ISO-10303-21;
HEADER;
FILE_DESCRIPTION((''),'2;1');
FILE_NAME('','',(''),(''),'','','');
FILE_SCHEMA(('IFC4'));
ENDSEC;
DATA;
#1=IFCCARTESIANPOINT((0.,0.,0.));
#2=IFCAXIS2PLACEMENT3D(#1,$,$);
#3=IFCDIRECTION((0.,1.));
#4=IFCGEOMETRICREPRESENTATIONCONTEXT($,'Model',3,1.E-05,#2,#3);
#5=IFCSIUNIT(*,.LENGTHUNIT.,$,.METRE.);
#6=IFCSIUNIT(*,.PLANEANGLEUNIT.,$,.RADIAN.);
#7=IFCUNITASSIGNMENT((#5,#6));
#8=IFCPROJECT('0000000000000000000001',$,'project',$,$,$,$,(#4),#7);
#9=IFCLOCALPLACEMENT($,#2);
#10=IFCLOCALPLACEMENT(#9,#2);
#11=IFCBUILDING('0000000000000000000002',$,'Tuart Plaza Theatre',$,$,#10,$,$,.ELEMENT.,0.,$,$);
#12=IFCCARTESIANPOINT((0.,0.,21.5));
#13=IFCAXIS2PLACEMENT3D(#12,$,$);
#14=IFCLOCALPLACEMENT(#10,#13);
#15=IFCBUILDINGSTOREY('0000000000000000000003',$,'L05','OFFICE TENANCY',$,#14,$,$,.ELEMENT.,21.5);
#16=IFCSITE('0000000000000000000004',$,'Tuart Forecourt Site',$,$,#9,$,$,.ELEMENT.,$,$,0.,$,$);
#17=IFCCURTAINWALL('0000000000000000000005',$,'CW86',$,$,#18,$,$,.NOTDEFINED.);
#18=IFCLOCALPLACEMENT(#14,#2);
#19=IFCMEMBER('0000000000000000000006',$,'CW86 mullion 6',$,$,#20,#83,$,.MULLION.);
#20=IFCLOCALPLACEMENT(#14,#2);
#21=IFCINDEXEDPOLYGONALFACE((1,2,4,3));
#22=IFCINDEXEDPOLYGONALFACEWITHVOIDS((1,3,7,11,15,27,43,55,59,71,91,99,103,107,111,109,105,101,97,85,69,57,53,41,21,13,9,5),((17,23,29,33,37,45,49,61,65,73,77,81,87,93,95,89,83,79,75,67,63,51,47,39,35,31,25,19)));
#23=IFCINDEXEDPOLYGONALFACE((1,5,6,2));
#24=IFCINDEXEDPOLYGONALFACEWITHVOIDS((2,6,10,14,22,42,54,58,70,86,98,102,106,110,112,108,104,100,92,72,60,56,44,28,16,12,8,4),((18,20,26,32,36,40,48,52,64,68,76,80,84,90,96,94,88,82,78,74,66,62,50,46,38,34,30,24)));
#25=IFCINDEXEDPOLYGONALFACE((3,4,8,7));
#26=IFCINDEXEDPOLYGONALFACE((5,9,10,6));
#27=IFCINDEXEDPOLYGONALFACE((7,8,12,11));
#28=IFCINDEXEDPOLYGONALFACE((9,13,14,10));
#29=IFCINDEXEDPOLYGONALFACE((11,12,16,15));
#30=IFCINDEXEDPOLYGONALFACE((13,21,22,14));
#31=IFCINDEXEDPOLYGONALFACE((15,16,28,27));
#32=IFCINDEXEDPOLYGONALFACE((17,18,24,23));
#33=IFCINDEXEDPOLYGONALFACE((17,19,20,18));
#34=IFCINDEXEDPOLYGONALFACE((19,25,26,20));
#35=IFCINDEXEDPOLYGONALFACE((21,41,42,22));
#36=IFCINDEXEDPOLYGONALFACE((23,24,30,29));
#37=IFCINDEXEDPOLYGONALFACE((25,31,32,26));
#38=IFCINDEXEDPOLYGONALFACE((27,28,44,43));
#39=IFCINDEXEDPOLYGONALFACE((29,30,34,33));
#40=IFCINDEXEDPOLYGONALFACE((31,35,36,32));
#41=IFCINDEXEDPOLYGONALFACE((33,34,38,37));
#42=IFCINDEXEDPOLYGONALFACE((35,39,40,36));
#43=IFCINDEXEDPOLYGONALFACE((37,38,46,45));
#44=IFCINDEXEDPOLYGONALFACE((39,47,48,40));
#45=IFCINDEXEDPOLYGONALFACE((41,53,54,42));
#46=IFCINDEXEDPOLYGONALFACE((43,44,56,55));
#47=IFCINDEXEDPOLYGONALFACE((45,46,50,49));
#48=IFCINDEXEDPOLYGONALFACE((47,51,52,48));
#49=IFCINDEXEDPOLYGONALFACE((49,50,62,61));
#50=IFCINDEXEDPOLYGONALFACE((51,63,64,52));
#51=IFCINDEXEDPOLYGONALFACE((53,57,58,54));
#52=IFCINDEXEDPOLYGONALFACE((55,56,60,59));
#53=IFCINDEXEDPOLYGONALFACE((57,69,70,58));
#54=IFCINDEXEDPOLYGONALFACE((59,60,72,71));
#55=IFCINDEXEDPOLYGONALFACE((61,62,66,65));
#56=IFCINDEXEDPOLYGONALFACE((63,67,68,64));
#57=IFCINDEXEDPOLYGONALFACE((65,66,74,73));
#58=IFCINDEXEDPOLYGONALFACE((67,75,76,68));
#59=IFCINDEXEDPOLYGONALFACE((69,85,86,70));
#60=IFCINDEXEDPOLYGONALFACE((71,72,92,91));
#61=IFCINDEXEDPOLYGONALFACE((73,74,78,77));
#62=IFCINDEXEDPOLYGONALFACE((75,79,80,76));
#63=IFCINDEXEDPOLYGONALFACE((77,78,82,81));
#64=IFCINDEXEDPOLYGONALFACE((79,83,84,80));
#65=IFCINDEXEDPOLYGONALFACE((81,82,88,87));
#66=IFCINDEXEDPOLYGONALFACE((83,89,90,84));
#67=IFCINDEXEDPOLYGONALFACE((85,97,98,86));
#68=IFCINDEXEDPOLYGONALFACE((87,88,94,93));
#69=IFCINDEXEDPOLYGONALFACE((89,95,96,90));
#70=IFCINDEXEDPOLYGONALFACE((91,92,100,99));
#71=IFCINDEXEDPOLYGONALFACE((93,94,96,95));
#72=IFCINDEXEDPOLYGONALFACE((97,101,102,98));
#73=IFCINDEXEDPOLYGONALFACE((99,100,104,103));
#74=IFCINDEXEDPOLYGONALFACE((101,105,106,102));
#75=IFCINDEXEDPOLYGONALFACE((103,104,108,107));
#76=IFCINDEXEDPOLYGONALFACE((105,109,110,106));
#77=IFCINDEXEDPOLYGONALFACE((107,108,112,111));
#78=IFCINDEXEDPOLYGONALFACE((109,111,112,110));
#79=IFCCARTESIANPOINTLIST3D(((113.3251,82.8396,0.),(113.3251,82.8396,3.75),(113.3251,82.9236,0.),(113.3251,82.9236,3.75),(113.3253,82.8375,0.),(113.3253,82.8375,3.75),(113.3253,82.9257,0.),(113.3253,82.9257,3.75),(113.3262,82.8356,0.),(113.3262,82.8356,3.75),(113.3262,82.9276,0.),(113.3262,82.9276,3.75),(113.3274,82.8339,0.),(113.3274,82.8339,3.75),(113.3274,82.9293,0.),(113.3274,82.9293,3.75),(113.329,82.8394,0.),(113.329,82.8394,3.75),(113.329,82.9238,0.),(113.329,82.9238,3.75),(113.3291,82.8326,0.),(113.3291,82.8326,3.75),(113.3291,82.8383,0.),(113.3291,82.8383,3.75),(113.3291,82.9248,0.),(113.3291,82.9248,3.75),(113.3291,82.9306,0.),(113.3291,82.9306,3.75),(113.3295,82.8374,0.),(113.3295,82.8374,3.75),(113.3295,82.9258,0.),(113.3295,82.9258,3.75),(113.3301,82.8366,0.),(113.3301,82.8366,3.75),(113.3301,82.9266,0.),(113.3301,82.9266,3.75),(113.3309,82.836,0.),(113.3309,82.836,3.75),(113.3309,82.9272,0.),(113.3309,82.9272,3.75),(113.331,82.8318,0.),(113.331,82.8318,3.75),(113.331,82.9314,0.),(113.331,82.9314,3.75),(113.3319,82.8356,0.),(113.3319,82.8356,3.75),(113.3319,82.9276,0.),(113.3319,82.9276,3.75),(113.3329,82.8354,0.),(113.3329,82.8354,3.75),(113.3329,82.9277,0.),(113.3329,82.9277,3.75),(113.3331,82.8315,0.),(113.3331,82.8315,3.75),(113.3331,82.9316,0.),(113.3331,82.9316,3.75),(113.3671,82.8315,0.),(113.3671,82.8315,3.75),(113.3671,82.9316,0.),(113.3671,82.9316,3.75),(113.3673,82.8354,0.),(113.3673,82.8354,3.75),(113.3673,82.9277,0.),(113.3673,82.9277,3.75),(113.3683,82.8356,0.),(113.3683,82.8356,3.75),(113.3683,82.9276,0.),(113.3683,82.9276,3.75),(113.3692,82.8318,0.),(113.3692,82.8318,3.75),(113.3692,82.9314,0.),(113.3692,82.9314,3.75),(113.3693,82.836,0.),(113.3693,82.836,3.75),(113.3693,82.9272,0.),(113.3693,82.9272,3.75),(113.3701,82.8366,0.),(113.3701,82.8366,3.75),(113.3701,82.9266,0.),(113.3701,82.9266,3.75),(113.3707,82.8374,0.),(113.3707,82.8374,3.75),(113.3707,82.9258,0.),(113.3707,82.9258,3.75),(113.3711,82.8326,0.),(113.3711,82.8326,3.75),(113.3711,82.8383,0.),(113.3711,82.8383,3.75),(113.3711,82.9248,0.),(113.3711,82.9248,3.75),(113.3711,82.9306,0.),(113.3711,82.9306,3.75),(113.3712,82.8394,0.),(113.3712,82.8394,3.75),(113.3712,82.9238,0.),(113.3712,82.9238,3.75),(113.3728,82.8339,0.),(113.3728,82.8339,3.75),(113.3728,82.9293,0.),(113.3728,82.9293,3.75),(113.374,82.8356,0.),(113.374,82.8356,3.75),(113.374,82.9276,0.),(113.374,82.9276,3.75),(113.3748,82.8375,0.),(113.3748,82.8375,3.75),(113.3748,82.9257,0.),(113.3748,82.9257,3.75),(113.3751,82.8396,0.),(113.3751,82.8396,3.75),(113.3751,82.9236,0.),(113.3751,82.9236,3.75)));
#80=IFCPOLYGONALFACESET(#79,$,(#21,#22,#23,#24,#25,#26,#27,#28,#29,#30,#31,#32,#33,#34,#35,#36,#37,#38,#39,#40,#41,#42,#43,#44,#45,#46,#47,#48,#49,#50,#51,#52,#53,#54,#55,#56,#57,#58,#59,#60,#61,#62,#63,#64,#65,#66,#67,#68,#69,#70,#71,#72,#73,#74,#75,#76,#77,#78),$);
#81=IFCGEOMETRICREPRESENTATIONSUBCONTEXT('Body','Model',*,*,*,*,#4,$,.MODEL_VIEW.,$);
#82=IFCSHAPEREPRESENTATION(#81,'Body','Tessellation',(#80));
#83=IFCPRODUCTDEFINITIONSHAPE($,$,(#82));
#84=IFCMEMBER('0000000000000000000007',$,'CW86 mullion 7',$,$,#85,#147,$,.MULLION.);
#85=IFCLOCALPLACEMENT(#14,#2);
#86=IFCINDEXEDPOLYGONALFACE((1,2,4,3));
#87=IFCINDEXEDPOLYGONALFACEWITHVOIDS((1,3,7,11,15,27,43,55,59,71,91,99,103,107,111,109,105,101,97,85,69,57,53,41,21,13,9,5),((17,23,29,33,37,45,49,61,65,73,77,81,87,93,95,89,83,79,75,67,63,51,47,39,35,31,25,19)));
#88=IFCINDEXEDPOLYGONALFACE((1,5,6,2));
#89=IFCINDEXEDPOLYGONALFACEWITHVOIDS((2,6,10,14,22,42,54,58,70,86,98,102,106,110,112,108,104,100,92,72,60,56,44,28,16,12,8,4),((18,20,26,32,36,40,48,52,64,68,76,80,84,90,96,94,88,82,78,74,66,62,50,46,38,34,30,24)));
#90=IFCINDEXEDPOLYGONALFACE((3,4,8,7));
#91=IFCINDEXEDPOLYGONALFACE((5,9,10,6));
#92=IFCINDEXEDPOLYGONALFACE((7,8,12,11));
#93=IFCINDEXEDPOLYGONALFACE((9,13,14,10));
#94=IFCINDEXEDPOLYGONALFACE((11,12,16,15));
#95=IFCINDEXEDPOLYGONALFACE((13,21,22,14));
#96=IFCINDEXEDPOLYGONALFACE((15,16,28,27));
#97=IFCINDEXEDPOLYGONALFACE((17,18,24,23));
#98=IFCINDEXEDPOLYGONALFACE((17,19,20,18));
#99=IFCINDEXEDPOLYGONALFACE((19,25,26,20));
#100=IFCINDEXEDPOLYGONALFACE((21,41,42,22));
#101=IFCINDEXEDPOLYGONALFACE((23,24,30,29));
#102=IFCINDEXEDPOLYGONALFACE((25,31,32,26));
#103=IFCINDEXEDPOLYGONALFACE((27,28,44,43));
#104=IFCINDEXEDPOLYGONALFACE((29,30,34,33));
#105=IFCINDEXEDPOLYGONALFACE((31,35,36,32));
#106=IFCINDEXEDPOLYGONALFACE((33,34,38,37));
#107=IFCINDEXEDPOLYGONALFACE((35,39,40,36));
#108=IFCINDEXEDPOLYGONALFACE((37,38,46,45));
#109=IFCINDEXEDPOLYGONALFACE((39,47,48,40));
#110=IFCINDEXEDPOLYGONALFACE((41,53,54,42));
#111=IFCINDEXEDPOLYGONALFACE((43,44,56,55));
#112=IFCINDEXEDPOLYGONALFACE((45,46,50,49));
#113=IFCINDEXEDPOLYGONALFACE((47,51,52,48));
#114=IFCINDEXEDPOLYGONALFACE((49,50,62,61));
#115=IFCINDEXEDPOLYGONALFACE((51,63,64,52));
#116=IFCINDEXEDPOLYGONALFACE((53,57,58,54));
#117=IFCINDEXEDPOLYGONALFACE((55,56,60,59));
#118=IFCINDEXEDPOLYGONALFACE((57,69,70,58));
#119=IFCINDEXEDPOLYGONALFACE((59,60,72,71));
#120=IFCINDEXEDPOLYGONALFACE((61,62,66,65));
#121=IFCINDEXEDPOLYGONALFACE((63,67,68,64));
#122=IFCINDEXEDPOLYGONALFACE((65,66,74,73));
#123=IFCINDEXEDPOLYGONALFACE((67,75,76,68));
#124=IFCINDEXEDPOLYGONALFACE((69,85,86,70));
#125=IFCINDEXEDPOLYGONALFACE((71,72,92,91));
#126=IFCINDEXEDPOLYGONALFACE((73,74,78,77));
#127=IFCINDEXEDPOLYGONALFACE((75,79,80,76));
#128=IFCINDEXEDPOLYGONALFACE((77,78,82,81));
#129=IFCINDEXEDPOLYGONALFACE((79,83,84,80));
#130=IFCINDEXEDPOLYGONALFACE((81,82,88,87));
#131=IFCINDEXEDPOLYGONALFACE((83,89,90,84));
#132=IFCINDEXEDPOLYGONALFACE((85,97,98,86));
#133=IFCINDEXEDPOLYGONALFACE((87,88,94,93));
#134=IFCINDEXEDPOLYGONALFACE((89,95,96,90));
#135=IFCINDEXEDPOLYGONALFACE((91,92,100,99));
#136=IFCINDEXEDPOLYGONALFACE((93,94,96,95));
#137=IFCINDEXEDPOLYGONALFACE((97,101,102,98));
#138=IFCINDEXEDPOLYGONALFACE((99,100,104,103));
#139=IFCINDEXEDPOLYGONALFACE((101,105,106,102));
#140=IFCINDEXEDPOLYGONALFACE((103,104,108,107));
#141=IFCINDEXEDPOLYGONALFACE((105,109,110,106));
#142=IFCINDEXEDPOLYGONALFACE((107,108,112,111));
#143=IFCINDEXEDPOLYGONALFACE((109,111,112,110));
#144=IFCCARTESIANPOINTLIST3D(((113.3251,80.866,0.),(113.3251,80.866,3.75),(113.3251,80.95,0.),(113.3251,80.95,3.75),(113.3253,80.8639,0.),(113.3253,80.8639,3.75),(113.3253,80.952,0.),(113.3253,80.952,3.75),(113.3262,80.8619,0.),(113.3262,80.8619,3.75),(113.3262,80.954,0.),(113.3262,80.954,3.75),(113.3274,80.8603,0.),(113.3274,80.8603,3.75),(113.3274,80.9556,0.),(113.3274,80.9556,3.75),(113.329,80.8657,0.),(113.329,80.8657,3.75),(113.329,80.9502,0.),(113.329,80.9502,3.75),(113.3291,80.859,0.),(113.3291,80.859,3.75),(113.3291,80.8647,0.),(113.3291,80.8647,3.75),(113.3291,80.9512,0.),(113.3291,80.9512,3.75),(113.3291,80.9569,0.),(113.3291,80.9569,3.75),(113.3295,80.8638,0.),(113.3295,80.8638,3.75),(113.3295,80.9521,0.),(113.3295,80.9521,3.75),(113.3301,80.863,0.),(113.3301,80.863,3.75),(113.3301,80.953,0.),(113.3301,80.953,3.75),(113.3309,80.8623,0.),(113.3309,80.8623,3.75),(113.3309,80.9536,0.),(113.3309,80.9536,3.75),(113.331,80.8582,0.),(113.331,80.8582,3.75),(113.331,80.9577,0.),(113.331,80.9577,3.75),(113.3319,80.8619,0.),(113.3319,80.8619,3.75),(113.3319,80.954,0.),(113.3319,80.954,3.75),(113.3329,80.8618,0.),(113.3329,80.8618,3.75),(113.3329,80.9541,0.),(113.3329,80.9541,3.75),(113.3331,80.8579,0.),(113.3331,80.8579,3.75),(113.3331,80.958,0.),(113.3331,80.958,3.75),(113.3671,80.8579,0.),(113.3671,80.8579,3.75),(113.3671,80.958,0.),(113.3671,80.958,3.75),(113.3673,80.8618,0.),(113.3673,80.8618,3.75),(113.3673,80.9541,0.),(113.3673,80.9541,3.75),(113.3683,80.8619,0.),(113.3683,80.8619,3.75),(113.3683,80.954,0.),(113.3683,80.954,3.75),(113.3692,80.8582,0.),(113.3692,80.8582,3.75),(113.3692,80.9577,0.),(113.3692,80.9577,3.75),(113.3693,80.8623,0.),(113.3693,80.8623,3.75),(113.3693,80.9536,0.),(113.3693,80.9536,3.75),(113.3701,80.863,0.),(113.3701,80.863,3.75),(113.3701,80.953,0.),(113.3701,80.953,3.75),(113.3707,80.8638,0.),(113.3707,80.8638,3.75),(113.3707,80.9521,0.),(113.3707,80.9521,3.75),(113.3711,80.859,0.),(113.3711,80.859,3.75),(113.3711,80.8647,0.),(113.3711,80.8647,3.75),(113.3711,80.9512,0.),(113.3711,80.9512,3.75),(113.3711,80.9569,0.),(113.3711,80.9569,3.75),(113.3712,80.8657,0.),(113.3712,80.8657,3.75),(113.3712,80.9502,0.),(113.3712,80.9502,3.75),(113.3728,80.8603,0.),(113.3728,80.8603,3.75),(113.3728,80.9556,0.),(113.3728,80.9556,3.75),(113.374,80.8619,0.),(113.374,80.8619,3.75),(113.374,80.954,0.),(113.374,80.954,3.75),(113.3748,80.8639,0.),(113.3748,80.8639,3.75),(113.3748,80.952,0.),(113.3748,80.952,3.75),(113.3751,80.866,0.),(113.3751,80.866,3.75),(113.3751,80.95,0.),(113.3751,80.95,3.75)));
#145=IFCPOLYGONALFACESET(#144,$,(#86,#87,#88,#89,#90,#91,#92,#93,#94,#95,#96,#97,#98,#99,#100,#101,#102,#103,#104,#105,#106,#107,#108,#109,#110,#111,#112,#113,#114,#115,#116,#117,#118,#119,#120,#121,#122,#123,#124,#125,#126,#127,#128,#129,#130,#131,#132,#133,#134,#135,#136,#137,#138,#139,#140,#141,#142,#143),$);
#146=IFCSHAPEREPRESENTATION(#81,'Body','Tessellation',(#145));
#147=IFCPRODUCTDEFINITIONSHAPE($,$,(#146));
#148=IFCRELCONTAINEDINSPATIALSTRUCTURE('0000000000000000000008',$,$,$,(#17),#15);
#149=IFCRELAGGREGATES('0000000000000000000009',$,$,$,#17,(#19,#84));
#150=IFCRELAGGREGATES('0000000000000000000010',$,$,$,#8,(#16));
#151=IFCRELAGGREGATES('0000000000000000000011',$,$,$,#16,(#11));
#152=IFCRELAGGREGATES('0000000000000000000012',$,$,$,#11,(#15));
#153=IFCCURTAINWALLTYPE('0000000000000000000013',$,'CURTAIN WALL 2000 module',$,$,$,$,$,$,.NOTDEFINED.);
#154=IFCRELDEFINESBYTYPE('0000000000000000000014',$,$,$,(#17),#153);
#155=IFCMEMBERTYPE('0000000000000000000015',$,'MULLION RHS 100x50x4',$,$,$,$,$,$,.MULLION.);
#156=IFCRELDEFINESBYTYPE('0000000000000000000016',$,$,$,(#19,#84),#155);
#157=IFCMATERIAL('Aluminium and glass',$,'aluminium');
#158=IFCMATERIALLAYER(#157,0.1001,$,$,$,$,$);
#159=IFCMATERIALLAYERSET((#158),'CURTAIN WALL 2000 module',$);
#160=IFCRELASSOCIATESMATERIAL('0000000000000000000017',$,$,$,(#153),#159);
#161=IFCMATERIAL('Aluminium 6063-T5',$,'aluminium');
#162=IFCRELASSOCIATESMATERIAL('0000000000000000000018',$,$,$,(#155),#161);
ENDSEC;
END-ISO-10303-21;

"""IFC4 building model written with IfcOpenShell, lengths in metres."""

from ifc_helpers import new_model, si_unit, direction, frame, origin, origin_2d, place, context, subcontext, project, spatial, hollow_rectangle, extrude, material, layer, layer_set, material_profile, profile_set, type_object, element, aggregate, save


model = new_model("IFC4")

# Units and contexts
model_context = context("Model", 3, precision=1e-05, world=origin(), true_north=direction((0.0, 1.0)))
body_context = subcontext(model_context, "Body", "Model", "MODEL_VIEW")
ifc_project = project(units=[si_unit("LENGTHUNIT", "METRE"), si_unit("PLANEANGLEUNIT", "RADIAN")], contexts=[model_context])

# Site, building, storey
site_placement = place(None, origin())
site = spatial("IfcSite", under=ifc_project, at=site_placement, Name="Tuart Forecourt Site", CompositionType="ELEMENT", RefElevation=0.0)
building_placement = place(site_placement, origin())
building = spatial("IfcBuilding", under=site, at=building_placement, Name="Tuart Plaza Theatre", CompositionType="ELEMENT", ElevationOfRefHeight=0.0)
storey_placement = place(building_placement, frame((0.0, 0.0, 21.5)))
storey = spatial("IfcBuildingStorey", under=building, at=storey_placement, Name="L05", Description="OFFICE TENANCY", CompositionType="ELEMENT", Elevation=21.5)

# Curtain wall, members
ifc_material_1 = material(Name="Aluminium and glass", Category="aluminium")
ifc_layer_1 = layer(ifc_material_1, 0.1001)
ifc_layer_set_1 = layer_set([ifc_layer_1], Name="CURTAIN WALL 2000 module")
curtain_wall_type = type_object("IfcCurtainWallType", Name="CURTAIN WALL 2000 module", PredefinedType="NOTDEFINED", material=ifc_layer_set_1)
curtain_wall_placement = place(storey_placement, origin())
curtain_wall = element("IfcCurtainWall", 1, at=curtain_wall_placement, inside=storey, type_object=curtain_wall_type, Name="CW86", PredefinedType="NOTDEFINED")
ifc_material_2 = material(Name="Aluminium 6063-T5", Category="aluminium")
ifc_material_profile_1 = material_profile(ifc_material_2, hollow_rectangle(XDim=0.05, YDim=0.1001, WallThickness=0.0039, InnerFilletRadius=0.0039, OuterFilletRadius=0.0081, at=origin_2d()), Name="RHS 100x50x4")
ifc_profile_set_1 = profile_set([ifc_material_profile_1], Name="Aluminium 6063-T5")
member_type_1 = type_object("IfcMemberType", Name="MULLION RHS 100x50x4", PredefinedType="MULLION", material=ifc_profile_set_1)
member_1_placement = place(storey_placement, frame((113.3501, 82.8816, 0.0), z_axis=(0.0, 0.0, 1.0), x_axis=(1.0, 0.0, 0.0)))
member_1 = element("IfcMember", 2, at=member_1_placement, type_object=member_type_1, Name="CW86 mullion 6", PredefinedType="MULLION", context=body_context, shape_type="SweptSolid", body=[
    extrude(hollow_rectangle(XDim=0.05, YDim=0.1001, WallThickness=0.0039, InnerFilletRadius=0.0039, OuterFilletRadius=0.0081, at=origin_2d()), origin(), (0.0, 0.0, 1.0), 3.75),
])
member_2_placement = place(storey_placement, frame((113.3501, 80.908, 0.0), z_axis=(0.0, 0.0, 1.0), x_axis=(1.0, 0.0, 0.0)))
member_2 = element("IfcMember", 3, at=member_2_placement, type_object=member_type_1, Name="CW86 mullion 7", PredefinedType="MULLION", context=body_context, shape_type="SweptSolid", body=[
    extrude(hollow_rectangle(XDim=0.05, YDim=0.1001, WallThickness=0.0039, InnerFilletRadius=0.0039, OuterFilletRadius=0.0081, at=origin_2d()), origin(), (0.0, 0.0, 1.0), 3.75),
])
aggregate(curtain_wall, [member_1, member_2])

save(model, "model.ifc")
